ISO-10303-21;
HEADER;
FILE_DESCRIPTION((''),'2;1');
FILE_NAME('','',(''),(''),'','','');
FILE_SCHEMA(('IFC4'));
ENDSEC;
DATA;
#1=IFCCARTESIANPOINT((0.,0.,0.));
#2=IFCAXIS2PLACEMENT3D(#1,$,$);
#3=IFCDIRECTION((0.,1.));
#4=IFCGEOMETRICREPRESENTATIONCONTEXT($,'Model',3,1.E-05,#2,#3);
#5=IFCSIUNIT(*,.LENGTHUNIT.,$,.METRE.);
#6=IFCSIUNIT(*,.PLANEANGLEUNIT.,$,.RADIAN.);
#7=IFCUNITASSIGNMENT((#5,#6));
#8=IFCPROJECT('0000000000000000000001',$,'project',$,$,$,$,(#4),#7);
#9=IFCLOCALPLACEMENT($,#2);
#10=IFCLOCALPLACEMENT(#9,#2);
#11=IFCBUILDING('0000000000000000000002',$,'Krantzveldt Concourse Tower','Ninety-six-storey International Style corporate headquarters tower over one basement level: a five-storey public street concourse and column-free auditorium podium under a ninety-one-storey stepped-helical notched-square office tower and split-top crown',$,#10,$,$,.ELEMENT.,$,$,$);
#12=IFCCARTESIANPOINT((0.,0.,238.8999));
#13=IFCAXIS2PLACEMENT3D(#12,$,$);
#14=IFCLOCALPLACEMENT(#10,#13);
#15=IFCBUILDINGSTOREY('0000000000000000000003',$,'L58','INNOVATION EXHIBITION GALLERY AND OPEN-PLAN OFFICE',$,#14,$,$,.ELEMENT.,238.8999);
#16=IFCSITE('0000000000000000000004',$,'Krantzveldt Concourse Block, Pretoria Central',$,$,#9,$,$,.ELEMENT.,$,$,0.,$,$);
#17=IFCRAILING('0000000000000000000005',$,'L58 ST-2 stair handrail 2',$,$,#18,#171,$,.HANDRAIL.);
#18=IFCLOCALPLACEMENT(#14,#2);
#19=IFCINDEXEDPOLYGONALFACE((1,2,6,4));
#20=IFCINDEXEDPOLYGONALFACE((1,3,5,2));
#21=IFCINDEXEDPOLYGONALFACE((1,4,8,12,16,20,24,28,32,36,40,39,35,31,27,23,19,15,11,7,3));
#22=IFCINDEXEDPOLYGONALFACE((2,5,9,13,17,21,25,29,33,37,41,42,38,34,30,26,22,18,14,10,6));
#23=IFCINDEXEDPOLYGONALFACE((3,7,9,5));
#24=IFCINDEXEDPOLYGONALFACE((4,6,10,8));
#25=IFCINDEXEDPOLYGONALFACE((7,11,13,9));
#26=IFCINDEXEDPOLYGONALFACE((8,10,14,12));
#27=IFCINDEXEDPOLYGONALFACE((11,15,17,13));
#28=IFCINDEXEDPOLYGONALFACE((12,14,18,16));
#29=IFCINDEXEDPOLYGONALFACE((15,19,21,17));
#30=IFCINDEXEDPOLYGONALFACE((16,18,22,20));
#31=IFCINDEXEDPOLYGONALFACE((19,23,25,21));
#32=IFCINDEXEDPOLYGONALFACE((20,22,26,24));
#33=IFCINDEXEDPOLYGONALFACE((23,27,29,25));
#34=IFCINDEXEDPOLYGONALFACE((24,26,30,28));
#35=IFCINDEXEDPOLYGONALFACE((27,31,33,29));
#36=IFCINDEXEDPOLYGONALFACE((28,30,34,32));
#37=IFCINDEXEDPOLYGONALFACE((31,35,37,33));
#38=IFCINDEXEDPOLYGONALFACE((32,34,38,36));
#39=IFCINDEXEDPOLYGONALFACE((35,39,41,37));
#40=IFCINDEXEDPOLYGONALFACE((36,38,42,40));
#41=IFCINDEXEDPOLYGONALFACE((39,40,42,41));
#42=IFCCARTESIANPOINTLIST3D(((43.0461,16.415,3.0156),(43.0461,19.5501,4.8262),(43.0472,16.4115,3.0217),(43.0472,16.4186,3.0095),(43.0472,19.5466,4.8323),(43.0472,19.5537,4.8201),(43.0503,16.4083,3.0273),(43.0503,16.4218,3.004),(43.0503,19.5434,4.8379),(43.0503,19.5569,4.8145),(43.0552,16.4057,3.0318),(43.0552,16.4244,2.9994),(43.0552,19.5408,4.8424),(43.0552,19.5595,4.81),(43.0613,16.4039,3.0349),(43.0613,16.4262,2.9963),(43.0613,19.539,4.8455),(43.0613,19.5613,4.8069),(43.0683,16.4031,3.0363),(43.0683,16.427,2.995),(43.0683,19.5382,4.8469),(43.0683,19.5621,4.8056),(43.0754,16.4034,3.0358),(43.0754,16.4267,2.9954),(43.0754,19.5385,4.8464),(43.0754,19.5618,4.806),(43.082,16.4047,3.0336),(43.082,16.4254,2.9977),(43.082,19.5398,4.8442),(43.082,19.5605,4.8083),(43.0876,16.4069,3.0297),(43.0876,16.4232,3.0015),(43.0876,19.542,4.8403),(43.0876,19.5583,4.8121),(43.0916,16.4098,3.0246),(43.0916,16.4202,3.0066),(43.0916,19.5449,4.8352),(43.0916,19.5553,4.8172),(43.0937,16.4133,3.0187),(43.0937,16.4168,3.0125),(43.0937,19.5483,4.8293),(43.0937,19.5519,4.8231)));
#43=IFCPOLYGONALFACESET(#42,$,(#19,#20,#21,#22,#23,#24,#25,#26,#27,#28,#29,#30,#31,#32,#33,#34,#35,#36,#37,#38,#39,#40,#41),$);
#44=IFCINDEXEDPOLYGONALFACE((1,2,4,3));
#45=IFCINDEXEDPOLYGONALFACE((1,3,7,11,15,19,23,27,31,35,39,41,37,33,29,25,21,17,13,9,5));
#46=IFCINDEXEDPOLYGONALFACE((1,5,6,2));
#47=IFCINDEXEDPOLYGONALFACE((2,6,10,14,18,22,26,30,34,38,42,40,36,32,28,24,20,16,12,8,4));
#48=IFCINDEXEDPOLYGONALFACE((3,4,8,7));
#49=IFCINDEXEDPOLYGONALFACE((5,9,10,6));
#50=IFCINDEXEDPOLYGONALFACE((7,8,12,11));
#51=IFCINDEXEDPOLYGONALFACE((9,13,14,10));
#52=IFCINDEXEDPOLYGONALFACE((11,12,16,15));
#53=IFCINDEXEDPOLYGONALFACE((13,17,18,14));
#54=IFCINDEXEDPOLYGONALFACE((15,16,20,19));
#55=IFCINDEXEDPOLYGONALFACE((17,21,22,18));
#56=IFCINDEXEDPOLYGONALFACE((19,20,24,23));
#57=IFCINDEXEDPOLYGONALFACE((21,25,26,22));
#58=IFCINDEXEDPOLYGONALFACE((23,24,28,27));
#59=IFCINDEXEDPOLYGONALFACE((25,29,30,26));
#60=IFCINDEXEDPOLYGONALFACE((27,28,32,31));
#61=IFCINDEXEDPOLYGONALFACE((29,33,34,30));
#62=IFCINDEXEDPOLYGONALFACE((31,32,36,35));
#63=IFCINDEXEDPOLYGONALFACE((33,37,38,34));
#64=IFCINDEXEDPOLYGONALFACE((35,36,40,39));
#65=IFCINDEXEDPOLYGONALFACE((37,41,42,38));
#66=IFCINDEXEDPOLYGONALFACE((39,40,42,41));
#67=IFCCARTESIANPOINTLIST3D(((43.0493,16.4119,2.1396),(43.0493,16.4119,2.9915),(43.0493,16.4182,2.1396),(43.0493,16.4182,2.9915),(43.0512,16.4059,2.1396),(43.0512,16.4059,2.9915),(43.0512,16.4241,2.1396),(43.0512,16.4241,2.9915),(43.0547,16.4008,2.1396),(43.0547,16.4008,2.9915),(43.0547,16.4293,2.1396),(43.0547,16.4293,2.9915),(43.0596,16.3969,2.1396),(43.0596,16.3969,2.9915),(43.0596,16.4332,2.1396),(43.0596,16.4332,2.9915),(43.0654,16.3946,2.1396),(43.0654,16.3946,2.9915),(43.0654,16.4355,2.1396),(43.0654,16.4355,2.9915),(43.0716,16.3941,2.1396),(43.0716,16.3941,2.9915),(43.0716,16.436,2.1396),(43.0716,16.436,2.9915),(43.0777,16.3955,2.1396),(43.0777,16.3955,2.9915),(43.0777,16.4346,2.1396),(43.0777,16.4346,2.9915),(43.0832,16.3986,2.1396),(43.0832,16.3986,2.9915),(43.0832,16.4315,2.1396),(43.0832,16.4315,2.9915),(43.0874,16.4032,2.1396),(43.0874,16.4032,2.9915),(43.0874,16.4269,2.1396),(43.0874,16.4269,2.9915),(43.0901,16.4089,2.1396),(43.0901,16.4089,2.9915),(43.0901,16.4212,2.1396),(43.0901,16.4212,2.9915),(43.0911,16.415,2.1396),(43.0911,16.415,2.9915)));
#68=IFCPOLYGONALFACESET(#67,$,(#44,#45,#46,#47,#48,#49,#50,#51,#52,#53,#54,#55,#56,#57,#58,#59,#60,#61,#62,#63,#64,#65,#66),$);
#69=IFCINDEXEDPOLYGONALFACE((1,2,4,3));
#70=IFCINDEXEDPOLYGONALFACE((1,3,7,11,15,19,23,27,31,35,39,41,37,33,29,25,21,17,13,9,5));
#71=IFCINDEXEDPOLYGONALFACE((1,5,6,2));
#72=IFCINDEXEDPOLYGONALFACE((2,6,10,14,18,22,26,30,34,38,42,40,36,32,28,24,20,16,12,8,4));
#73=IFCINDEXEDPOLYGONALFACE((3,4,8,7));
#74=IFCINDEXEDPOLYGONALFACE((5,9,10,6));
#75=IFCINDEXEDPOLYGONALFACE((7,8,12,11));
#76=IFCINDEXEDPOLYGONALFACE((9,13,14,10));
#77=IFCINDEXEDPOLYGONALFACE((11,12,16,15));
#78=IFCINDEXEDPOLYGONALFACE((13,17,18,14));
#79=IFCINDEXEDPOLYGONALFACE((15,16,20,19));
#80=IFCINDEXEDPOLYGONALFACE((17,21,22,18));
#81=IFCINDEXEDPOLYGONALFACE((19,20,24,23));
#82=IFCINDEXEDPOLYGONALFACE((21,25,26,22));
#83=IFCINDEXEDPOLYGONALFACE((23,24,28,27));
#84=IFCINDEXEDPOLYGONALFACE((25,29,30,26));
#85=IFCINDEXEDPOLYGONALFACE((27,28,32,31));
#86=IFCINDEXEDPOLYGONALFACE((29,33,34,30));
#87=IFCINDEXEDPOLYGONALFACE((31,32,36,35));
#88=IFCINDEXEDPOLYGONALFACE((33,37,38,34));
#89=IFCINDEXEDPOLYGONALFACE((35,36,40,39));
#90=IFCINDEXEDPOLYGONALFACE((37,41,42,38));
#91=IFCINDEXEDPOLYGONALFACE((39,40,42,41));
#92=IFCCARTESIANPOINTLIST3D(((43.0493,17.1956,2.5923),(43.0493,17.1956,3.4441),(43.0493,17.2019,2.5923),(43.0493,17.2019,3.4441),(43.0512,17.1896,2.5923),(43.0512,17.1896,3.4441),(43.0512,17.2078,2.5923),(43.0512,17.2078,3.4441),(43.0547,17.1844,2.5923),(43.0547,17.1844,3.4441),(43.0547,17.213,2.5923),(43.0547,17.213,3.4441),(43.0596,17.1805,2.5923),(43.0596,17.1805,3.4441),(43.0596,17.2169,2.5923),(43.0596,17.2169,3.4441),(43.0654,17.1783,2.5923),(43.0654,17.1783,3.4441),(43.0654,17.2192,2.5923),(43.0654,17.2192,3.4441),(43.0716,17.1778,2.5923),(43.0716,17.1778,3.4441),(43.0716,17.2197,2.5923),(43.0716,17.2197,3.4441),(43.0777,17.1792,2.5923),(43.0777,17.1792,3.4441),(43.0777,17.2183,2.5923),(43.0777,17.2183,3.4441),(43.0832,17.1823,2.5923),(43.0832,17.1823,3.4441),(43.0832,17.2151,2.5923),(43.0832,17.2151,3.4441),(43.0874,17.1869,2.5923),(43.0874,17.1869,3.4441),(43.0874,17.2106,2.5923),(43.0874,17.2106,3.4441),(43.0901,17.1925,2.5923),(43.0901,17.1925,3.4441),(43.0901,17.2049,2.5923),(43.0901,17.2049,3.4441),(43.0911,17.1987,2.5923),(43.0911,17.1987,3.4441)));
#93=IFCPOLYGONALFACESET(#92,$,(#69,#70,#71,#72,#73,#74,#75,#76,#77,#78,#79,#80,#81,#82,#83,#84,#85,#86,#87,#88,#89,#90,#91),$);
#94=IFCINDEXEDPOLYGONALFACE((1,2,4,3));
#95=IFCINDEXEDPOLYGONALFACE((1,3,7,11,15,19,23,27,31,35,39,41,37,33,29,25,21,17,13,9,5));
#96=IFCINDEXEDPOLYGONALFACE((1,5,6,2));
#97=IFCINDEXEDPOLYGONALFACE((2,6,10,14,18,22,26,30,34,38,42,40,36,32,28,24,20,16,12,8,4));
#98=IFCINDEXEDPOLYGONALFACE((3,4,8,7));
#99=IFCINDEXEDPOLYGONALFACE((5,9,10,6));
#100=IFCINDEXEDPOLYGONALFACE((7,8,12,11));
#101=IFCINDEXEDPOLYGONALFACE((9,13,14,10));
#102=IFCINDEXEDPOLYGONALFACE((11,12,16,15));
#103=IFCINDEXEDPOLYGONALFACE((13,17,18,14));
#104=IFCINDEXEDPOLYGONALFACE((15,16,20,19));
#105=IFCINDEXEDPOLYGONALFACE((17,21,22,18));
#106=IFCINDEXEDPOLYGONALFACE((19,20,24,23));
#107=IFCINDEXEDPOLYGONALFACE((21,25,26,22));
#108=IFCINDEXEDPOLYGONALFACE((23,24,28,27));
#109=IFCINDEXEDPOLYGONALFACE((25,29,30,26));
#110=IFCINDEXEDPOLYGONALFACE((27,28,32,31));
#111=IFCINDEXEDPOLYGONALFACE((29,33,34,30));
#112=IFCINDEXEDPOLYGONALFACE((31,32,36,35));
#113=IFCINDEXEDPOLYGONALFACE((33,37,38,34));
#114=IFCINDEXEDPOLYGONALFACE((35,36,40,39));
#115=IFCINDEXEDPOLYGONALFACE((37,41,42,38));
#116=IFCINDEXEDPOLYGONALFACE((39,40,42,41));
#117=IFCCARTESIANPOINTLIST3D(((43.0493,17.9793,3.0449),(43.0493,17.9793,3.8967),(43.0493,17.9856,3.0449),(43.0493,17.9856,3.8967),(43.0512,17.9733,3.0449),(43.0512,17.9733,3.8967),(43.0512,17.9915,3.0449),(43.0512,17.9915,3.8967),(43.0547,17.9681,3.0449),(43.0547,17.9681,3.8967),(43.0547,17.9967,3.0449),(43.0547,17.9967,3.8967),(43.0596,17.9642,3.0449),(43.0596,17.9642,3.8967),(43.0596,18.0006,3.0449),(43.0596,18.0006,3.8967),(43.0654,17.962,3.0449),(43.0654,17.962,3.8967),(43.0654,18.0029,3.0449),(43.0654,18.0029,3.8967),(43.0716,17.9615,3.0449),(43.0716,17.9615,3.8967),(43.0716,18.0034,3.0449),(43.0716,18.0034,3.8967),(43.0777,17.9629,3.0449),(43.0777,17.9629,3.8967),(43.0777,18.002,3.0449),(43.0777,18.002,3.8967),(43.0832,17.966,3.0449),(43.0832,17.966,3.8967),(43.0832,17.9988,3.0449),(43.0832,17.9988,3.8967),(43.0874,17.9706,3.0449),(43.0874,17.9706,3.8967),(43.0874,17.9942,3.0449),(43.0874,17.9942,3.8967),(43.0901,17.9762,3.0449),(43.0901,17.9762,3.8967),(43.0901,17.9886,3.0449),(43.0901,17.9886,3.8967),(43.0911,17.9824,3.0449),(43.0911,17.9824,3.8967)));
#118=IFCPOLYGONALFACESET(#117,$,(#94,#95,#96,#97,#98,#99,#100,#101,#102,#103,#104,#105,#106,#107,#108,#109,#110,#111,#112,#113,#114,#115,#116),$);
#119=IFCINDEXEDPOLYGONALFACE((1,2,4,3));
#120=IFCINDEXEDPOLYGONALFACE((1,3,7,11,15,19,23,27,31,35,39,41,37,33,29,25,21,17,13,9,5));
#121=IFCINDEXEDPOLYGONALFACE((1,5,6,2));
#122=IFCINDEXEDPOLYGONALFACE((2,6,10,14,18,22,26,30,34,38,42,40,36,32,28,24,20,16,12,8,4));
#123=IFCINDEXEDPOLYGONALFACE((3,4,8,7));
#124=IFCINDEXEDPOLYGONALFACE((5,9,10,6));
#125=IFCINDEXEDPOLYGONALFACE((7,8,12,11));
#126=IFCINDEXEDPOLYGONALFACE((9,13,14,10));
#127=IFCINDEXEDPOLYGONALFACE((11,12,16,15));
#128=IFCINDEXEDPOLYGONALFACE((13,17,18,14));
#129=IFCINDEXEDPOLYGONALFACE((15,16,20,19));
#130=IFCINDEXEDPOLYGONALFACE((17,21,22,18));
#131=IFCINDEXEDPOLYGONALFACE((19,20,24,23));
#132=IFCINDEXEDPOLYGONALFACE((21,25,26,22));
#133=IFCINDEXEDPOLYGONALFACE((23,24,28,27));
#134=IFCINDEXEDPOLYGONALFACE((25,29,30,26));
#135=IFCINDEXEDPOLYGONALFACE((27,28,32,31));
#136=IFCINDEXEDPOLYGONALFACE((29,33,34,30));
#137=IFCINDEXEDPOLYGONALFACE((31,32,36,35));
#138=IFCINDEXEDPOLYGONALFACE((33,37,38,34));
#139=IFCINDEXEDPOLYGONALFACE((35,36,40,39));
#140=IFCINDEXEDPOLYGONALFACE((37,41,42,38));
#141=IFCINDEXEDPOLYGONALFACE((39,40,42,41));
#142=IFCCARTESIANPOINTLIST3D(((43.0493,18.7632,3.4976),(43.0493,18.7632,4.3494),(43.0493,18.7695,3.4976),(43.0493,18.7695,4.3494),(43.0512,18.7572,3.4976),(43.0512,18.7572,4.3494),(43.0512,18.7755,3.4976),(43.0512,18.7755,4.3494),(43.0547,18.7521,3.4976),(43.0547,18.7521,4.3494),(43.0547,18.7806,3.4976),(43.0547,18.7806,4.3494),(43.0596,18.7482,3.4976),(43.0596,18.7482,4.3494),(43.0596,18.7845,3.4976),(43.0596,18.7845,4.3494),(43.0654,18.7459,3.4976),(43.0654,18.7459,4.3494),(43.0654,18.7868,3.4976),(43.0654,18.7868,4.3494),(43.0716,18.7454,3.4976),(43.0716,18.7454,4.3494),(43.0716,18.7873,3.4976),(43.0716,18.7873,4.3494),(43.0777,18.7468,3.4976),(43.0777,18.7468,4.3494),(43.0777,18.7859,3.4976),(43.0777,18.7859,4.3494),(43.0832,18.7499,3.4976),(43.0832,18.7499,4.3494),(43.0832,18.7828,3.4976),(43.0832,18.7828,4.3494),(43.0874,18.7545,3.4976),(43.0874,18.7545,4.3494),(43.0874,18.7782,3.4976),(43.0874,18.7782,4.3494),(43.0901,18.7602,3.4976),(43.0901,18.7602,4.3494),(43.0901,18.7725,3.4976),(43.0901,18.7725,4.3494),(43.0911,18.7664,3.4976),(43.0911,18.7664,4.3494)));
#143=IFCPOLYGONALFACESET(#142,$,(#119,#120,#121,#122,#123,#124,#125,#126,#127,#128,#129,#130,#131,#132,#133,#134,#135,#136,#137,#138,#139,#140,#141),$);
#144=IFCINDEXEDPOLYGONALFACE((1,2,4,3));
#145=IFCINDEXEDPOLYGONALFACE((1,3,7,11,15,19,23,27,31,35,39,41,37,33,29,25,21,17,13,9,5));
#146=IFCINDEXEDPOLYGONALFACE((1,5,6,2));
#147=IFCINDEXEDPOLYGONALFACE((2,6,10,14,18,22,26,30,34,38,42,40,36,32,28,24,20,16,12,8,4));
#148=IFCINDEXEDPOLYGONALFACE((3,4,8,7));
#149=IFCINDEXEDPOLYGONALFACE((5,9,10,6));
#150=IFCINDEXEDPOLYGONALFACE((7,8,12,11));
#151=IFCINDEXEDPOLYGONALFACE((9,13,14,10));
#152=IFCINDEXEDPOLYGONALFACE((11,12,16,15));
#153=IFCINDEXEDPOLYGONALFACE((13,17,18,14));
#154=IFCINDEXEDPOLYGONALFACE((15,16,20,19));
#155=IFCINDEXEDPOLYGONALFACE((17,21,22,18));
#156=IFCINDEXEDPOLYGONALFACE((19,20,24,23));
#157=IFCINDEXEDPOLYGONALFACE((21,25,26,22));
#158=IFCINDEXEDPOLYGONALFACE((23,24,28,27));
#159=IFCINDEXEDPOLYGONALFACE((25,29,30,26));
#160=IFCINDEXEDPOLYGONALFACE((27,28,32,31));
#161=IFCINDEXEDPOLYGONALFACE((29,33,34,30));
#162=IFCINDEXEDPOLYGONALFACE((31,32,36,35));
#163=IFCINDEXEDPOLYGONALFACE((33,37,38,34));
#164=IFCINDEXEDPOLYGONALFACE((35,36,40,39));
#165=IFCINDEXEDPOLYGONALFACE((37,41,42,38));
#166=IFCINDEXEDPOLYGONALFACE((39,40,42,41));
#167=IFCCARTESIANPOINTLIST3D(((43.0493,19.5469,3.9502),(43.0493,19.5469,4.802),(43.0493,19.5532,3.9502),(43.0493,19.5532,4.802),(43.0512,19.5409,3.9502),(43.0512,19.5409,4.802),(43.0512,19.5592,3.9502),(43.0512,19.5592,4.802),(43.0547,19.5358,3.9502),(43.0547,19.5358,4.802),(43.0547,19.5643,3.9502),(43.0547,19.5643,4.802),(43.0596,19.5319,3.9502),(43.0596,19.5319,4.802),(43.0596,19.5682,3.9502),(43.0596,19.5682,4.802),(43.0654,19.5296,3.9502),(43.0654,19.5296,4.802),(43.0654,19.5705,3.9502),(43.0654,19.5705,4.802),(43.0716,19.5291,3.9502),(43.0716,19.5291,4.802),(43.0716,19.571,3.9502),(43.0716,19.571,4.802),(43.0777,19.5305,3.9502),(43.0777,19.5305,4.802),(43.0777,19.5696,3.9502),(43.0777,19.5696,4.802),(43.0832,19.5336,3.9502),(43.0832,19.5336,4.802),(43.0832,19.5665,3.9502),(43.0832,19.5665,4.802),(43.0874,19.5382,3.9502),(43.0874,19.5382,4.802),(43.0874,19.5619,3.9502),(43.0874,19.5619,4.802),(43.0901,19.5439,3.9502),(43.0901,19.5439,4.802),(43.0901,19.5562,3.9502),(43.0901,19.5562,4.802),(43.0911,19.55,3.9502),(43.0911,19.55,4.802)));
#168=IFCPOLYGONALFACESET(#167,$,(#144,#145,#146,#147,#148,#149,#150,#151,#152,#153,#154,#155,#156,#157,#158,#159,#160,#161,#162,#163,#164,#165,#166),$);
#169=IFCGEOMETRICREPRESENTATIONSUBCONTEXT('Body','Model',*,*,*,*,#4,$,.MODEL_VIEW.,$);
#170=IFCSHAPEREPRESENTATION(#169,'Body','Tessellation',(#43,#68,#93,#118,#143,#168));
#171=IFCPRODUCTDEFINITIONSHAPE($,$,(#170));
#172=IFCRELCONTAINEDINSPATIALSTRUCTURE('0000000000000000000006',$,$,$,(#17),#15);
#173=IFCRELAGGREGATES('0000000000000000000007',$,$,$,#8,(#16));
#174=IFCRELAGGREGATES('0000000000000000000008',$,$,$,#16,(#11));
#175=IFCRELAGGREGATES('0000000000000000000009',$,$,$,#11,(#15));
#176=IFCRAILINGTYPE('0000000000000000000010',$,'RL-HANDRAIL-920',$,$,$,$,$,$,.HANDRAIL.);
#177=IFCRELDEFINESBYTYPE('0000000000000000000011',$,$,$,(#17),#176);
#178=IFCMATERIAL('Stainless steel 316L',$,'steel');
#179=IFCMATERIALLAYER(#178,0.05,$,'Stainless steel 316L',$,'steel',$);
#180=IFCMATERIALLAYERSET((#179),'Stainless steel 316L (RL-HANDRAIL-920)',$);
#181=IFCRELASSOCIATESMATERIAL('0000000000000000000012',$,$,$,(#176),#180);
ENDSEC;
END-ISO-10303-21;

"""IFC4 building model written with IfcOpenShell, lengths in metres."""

from ifc_helpers import new_model, si_unit, direction, frame, origin, origin_2d, place, context, subcontext, project, spatial, circle, extrude, material, layer, layer_set, type_object, element, save


model = new_model("IFC4")

# Units and contexts
model_context = context("Model", 3, precision=1e-05, world=origin(), true_north=direction((0.0, 1.0)))
body_context = subcontext(model_context, "Body", "Model", "MODEL_VIEW")
ifc_project = project(units=[si_unit("LENGTHUNIT", "METRE"), si_unit("PLANEANGLEUNIT", "RADIAN")], contexts=[model_context])

# Site, building, storey
site_placement = place(None, origin())
site = spatial("IfcSite", under=ifc_project, at=site_placement, Name="Krantzveldt Concourse Block, Pretoria Central", CompositionType="ELEMENT", RefElevation=0.0)
building_placement = place(site_placement, origin())
building = spatial("IfcBuilding", under=site, at=building_placement, Name="Krantzveldt Concourse Tower", Description="Ninety-six-storey International Style corporate headquarters tower over one basement level: a five-storey public street concourse and column-free auditorium podium under a ninety-one-storey stepped-helical notched-square office tower and split-top crown", CompositionType="ELEMENT")
storey_placement = place(building_placement, frame((0.0, 0.0, 238.8999)))
storey = spatial("IfcBuildingStorey", under=building, at=storey_placement, Name="L58", Description="INNOVATION EXHIBITION GALLERY AND OPEN-PLAN OFFICE", CompositionType="ELEMENT", Elevation=238.8999)

# Shared definitions
ifc_material_1 = material(Name="Stainless steel 316L", Category="steel")

# Railing
ifc_layer_1 = layer(ifc_material_1, 0.05, Name="Stainless steel 316L", Category="steel")
ifc_layer_set_1 = layer_set([ifc_layer_1], Name="Stainless steel 316L (RL-HANDRAIL-920)")
railing_type_1 = type_object("IfcRailingType", Name="RL-HANDRAIL-920", PredefinedType="HANDRAIL", material=ifc_layer_set_1)
railing_1_placement = place(storey_placement, frame((43.0701, 16.415, 2.1396)))
element("IfcRailing", 1, at=railing_1_placement, inside=storey, type_object=railing_type_1, Name="L58 ST-2 stair handrail 2", PredefinedType="HANDRAIL", context=body_context, shape_type="SweptSolid", body=[
    extrude(circle(Radius=0.0239, at=origin_2d()), frame((0.0, 0.0, 0.876), z_axis=(0.0, 0.86596, 0.500114), x_axis=(-1.0, 0.0, 0.0)), (0.0, 0.0, 1.0), 3.6204),
    extrude(circle(Radius=0.021, at=origin_2d()), origin(), (0.0, 0.0, 1.0), 0.8518),
    extrude(circle(Radius=0.021, at=origin_2d()), frame((0.0, 0.7837, 0.4526)), (0.0, 0.0, 1.0), 0.8518),
    extrude(circle(Radius=0.021, at=origin_2d()), frame((0.0, 1.5674, 0.9053)), (0.0, 0.0, 1.0), 0.8518),
    extrude(circle(Radius=0.021, at=origin_2d()), frame((0.0, 2.3513, 1.3579)), (0.0, 0.0, 1.0), 0.8518),
    extrude(circle(Radius=0.021, at=origin_2d()), frame((0.0, 3.135, 1.8105)), (0.0, 0.0, 1.0), 0.8518),
])

save(model, "model.ifc")
